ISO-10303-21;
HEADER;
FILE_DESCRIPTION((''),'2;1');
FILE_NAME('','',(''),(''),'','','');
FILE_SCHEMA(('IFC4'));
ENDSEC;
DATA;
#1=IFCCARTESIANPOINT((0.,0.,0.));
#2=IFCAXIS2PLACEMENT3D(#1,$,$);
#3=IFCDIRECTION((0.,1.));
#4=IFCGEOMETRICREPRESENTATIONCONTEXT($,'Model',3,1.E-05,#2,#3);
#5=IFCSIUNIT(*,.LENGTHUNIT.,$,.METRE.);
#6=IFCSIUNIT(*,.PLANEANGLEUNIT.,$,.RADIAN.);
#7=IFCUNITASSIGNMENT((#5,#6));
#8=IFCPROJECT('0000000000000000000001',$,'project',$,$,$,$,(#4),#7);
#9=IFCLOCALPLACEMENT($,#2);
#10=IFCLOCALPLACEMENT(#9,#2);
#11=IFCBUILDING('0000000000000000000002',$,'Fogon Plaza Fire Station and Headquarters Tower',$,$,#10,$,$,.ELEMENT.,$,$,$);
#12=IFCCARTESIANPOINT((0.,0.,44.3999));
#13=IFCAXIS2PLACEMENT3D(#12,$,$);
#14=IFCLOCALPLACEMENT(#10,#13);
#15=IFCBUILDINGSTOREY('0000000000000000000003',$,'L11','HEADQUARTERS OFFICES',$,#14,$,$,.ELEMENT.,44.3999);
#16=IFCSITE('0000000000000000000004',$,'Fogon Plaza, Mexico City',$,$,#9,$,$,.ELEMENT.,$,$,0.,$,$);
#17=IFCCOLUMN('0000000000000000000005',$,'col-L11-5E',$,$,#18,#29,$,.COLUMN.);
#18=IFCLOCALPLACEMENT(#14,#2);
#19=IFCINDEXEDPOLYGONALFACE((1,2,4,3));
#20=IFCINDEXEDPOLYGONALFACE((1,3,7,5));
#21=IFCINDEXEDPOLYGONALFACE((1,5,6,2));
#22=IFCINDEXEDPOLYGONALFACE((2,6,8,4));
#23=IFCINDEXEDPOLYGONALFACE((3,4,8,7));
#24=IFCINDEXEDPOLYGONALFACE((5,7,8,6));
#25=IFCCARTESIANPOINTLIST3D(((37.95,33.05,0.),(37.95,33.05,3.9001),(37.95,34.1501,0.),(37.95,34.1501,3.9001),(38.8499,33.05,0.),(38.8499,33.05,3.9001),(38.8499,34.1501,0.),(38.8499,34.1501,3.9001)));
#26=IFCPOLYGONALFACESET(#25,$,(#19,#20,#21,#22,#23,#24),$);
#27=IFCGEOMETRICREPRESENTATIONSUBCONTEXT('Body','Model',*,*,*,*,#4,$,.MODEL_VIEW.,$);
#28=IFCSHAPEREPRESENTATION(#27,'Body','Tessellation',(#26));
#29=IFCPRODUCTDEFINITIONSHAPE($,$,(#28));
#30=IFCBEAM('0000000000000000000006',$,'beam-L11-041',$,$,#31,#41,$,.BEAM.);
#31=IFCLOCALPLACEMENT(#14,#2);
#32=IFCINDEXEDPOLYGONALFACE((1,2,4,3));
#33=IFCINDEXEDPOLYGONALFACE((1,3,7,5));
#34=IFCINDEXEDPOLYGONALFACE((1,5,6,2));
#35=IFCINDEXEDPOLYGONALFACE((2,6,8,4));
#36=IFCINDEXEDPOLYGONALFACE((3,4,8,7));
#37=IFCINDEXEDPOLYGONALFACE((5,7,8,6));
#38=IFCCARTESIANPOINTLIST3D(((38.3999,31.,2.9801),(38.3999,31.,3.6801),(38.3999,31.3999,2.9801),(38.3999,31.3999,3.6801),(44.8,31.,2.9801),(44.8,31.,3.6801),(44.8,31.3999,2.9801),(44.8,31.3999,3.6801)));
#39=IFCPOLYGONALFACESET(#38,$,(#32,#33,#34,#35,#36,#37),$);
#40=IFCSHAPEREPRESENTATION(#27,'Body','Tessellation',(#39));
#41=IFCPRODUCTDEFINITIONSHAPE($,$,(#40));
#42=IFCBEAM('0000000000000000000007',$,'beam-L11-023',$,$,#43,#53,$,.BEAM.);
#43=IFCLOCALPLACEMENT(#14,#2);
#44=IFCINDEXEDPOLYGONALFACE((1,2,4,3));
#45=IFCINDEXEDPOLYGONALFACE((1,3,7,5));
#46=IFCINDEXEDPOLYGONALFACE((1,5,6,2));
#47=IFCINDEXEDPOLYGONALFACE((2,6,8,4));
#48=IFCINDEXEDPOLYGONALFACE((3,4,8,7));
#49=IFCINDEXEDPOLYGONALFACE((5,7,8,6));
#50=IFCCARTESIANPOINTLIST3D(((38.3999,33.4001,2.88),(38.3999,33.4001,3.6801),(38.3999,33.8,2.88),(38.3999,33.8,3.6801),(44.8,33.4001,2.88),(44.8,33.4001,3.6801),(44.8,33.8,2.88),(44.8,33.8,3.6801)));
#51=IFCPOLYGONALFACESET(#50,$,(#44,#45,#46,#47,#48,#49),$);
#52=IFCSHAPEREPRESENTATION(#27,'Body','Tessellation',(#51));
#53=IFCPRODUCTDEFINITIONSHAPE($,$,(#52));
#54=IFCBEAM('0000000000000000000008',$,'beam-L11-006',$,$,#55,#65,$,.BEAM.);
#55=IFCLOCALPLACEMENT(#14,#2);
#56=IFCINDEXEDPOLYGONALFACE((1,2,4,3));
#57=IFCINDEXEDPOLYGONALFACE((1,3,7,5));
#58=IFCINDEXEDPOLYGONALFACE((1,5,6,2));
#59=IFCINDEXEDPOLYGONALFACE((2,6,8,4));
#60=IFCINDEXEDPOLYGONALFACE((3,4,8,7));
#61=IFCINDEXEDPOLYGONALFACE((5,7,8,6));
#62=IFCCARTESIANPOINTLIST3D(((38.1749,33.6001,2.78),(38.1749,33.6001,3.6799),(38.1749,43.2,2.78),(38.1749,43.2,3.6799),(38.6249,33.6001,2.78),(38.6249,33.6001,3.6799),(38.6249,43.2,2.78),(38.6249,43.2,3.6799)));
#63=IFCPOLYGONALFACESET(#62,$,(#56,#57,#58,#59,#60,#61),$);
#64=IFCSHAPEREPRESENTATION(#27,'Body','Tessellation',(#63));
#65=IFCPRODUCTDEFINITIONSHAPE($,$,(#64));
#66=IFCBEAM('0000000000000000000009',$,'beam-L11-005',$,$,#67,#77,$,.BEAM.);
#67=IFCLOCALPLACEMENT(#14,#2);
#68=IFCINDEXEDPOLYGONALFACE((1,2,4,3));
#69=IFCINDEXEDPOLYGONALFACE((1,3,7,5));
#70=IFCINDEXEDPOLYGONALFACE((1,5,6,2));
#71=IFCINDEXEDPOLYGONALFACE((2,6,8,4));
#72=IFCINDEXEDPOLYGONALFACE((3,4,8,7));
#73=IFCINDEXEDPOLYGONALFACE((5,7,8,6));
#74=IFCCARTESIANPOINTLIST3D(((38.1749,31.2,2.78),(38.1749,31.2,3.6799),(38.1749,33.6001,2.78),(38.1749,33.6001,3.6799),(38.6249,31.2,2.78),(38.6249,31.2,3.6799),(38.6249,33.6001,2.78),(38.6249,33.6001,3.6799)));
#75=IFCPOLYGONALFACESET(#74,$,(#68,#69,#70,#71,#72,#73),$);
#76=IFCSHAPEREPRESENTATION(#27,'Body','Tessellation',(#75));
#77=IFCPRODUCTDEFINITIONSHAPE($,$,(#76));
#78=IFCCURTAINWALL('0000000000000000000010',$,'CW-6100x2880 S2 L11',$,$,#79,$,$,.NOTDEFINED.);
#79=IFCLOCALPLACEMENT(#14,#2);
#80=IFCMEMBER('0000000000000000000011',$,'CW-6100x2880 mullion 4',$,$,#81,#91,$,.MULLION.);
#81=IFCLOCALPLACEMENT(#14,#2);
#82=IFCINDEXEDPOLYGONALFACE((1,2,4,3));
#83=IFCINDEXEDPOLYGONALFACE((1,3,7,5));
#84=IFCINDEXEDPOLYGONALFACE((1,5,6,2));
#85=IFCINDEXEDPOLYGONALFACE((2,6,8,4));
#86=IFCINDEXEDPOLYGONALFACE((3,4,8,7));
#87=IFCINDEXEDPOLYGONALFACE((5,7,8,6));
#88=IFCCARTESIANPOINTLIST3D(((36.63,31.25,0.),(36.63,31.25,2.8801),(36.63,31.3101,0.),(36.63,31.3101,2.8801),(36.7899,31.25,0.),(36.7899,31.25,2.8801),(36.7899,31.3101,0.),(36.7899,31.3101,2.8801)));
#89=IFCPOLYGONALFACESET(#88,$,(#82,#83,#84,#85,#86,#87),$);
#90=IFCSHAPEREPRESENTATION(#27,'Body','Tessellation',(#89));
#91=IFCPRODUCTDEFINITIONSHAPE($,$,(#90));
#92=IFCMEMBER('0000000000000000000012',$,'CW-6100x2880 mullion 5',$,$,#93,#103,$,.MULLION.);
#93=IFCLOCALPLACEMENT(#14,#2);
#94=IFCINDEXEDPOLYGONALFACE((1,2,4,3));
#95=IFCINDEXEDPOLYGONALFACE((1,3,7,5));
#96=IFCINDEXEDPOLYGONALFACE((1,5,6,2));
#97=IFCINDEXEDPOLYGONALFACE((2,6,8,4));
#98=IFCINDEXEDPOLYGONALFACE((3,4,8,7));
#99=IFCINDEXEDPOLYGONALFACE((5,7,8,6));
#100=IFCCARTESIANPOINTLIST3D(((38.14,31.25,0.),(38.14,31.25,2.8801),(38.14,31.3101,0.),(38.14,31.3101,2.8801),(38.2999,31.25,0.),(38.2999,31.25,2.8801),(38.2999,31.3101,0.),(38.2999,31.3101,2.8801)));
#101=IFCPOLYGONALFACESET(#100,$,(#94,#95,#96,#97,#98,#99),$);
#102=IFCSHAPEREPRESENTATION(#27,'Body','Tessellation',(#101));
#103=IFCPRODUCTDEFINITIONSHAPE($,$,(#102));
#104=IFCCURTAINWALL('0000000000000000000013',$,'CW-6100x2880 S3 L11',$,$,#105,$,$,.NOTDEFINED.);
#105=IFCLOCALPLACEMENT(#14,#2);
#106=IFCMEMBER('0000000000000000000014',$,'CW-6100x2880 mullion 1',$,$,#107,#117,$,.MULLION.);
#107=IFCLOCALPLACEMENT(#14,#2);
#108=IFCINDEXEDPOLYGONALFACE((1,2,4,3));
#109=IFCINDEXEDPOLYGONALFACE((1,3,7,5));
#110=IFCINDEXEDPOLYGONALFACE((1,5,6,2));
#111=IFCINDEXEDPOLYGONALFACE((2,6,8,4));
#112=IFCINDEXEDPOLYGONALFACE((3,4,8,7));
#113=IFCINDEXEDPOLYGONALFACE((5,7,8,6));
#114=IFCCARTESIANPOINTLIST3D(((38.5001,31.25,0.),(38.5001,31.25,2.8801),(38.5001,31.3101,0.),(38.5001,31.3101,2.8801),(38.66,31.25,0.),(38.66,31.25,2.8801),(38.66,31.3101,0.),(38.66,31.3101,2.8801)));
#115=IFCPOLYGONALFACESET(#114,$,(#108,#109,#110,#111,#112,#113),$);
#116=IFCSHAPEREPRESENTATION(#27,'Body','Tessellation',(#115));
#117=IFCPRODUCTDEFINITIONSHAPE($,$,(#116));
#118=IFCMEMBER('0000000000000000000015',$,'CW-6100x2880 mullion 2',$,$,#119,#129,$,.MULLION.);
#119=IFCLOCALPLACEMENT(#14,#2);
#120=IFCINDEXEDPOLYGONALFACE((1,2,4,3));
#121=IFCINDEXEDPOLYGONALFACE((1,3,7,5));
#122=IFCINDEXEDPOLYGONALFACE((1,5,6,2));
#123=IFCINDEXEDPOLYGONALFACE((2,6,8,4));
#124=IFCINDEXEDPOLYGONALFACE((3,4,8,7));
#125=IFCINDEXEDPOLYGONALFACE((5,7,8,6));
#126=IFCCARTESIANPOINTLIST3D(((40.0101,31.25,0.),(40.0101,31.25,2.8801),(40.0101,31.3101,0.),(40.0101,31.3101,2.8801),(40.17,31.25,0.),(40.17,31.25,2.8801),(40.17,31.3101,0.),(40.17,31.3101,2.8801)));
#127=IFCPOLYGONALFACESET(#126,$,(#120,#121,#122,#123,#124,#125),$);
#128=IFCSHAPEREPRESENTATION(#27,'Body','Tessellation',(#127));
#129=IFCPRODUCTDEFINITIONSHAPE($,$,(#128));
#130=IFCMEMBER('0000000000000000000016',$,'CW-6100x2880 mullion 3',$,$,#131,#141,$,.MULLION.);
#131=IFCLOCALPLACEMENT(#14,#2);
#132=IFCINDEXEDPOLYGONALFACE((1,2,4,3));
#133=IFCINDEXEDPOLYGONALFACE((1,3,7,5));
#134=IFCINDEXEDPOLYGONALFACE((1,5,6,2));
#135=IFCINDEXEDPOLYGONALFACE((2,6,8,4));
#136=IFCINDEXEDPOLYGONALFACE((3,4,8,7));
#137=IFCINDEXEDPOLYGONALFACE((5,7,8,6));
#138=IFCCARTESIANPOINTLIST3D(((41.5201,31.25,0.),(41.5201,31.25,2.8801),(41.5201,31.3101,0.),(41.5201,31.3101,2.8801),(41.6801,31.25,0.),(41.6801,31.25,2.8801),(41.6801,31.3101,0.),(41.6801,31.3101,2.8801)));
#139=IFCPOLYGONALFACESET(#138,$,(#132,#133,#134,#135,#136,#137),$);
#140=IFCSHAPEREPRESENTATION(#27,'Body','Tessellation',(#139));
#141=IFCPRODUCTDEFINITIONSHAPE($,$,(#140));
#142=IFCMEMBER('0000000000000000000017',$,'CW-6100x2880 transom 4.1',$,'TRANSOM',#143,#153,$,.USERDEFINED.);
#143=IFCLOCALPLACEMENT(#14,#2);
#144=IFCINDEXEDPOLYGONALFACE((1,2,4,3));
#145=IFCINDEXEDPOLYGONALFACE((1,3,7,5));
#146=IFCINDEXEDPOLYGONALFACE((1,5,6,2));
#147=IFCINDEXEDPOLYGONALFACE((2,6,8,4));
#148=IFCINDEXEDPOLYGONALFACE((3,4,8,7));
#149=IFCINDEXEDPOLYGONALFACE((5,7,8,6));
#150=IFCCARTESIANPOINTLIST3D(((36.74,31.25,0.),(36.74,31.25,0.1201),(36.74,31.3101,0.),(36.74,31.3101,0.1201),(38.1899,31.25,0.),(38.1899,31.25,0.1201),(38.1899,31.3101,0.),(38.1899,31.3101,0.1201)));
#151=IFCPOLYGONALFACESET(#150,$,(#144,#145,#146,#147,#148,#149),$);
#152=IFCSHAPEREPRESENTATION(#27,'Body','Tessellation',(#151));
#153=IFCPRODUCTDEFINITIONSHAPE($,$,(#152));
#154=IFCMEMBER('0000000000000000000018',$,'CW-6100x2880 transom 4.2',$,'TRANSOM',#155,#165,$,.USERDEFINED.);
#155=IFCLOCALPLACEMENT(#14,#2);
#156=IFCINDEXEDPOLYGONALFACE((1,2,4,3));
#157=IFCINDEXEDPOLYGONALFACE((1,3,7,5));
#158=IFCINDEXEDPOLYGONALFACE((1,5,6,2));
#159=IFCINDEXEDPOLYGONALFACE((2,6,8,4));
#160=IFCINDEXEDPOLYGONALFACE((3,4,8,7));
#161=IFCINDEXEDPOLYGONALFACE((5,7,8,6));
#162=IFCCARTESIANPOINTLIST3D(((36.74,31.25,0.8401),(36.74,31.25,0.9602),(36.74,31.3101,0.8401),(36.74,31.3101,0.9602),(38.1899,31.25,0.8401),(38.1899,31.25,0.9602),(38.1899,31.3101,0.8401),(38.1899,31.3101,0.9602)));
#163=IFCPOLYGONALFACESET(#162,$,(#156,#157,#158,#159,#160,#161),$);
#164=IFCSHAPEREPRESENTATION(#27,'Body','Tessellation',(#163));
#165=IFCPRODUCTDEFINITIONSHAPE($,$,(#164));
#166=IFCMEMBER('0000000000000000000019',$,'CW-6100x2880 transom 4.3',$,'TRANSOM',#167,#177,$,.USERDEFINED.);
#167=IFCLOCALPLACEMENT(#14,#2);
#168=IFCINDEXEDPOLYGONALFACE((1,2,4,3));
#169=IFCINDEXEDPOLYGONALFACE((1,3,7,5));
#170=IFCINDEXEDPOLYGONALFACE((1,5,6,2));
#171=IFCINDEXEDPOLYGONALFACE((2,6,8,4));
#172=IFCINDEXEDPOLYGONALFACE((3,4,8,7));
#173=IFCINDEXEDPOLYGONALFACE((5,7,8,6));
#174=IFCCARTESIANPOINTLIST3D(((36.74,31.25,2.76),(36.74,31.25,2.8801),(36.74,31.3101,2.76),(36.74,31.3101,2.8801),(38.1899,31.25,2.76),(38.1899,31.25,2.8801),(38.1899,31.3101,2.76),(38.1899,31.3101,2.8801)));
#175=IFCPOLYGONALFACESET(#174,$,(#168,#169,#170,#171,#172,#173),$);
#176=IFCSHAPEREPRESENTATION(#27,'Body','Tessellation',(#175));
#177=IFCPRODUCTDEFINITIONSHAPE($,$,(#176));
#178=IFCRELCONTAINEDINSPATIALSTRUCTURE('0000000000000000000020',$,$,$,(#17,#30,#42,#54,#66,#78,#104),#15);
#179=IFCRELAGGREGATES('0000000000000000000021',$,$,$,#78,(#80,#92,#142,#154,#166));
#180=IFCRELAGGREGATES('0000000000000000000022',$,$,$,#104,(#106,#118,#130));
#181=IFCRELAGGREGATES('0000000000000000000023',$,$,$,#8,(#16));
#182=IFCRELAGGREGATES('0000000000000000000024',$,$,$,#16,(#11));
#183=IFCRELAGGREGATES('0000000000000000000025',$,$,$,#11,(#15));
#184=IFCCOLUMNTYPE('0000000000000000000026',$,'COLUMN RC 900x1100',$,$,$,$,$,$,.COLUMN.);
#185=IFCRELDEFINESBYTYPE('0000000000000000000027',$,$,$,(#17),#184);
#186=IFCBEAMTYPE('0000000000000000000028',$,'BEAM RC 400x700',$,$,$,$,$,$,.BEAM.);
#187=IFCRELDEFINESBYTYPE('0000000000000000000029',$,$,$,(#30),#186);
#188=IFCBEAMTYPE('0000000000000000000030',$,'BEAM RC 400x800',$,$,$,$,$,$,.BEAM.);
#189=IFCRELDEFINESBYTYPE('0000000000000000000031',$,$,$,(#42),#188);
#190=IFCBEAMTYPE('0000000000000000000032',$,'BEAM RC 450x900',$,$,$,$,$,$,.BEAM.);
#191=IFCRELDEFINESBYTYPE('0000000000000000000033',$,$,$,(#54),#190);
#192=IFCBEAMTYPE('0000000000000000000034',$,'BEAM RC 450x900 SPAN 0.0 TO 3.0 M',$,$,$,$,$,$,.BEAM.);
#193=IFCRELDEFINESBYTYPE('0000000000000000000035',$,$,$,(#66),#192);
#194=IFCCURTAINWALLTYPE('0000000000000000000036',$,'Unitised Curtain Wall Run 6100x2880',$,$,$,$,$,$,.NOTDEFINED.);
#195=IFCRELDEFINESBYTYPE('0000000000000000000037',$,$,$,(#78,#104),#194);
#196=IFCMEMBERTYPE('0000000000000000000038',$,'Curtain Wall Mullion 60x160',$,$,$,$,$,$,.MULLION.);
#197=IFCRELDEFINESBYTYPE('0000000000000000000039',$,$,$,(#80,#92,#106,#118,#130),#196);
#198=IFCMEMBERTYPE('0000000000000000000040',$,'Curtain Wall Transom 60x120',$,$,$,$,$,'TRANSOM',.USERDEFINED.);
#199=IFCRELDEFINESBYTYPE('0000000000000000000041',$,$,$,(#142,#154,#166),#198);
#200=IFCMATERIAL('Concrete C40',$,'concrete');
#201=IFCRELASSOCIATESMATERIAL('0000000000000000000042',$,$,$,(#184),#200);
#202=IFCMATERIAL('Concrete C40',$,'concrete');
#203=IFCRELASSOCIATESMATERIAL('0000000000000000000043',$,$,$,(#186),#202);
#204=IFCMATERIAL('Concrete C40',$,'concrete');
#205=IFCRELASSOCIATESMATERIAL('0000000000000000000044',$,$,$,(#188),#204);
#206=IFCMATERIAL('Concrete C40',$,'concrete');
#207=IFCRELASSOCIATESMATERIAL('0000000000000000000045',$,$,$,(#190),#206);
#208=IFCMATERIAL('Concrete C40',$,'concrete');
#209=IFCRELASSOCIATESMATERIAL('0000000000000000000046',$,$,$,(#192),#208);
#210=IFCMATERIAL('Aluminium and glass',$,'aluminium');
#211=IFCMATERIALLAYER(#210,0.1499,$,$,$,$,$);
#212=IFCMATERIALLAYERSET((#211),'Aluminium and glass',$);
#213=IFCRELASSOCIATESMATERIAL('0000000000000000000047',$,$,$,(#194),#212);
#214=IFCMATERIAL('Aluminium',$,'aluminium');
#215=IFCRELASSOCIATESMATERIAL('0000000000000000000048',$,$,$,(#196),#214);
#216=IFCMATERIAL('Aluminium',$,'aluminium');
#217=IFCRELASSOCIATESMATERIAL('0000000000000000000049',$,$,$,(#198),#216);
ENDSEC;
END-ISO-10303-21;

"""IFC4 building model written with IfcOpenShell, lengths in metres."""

from ifc_helpers import new_model, si_unit, direction, frame, origin, origin_2d, place, context, subcontext, project, spatial, rectangle, extrude, material, layer, layer_set, material_profile, profile_set, type_object, element, aggregate, save


model = new_model("IFC4")

# Units and contexts
model_context = context("Model", 3, precision=1e-05, world=origin(), true_north=direction((0.0, 1.0)))
body_context = subcontext(model_context, "Body", "Model", "MODEL_VIEW")
ifc_project = project(units=[si_unit("LENGTHUNIT", "METRE"), si_unit("PLANEANGLEUNIT", "RADIAN")], contexts=[model_context])

# Site, building, storey
site_placement = place(None, origin())
site = spatial("IfcSite", under=ifc_project, at=site_placement, Name="Fogon Plaza, Mexico City", CompositionType="ELEMENT", RefElevation=0.0)
building_placement = place(site_placement, origin())
building = spatial("IfcBuilding", under=site, at=building_placement, Name="Fogon Plaza Fire Station and Headquarters Tower", CompositionType="ELEMENT")
storey_placement = place(building_placement, frame((0.0, 0.0, 44.3999)))
storey = spatial("IfcBuildingStorey", under=building, at=storey_placement, Name="L11", Description="HEADQUARTERS OFFICES", CompositionType="ELEMENT", Elevation=44.3999)

# Column
ifc_material_1 = material(Name="Concrete C40", Category="concrete")
ifc_material_profile_1 = material_profile(ifc_material_1, rectangle(XDim=0.8999, YDim=1.1001, at=origin_2d()), Name="RC 900x1100")
ifc_profile_set_1 = profile_set([ifc_material_profile_1], Name="Concrete C40")
column_type = type_object("IfcColumnType", Name="COLUMN RC 900x1100", PredefinedType="COLUMN", material=ifc_profile_set_1)
column_placement = place(storey_placement, frame((38.3999, 33.6001, 0.0), z_axis=(0.0, 0.0, 1.0), x_axis=(1.0, 0.0, 0.0)))
element("IfcColumn", 1, at=column_placement, inside=storey, type_object=column_type, Name="col-L11-5E", PredefinedType="COLUMN", context=body_context, shape_type="SweptSolid", body=[
    extrude(rectangle(XDim=0.8999, YDim=1.1001, at=origin_2d()), origin(), (0.0, 0.0, 1.0), 3.9001),
])

# Beams
ifc_material_2 = material(Name="Concrete C40", Category="concrete")
ifc_material_profile_2 = material_profile(ifc_material_2, rectangle(XDim=0.3999, YDim=0.7, at=origin_2d()), Name="RC 400x700")
ifc_profile_set_2 = profile_set([ifc_material_profile_2], Name="Concrete C40")
beam_type_1 = type_object("IfcBeamType", Name="BEAM RC 400x700", PredefinedType="BEAM", material=ifc_profile_set_2)
beam_1_placement = place(storey_placement, frame((38.3999, 31.2, 3.3301), z_axis=(1.0, 0.0, 0.0), x_axis=(0.0, 1.0, 0.0)))
element("IfcBeam", 2, at=beam_1_placement, inside=storey, type_object=beam_type_1, Name="beam-L11-041", PredefinedType="BEAM", context=body_context, shape_type="SweptSolid", body=[
    extrude(rectangle(XDim=0.3999, YDim=0.7, at=origin_2d()), origin(), (0.0, 0.0, 1.0), 6.4001),
])
ifc_material_3 = material(Name="Concrete C40", Category="concrete")
ifc_material_profile_3 = material_profile(ifc_material_3, rectangle(XDim=0.3999, YDim=0.8, at=origin_2d()), Name="RC 400x800")
ifc_profile_set_3 = profile_set([ifc_material_profile_3], Name="Concrete C40")
beam_type_2 = type_object("IfcBeamType", Name="BEAM RC 400x800", PredefinedType="BEAM", material=ifc_profile_set_3)
beam_2_placement = place(storey_placement, frame((38.3999, 33.6001, 3.28), z_axis=(1.0, 0.0, 0.0), x_axis=(0.0, 1.0, 0.0)))
element("IfcBeam", 3, at=beam_2_placement, inside=storey, type_object=beam_type_2, Name="beam-L11-023", PredefinedType="BEAM", context=body_context, shape_type="SweptSolid", body=[
    extrude(rectangle(XDim=0.3999, YDim=0.8, at=origin_2d()), origin(), (0.0, 0.0, 1.0), 6.4001),
])
ifc_material_4 = material(Name="Concrete C40", Category="concrete")
ifc_material_profile_4 = material_profile(ifc_material_4, rectangle(XDim=0.45, YDim=0.8999, at=origin_2d()), Name="RC 450x900")
ifc_profile_set_4 = profile_set([ifc_material_profile_4], Name="Concrete C40")
beam_type_3 = type_object("IfcBeamType", Name="BEAM RC 450x900", PredefinedType="BEAM", material=ifc_profile_set_4)
beam_3_placement = place(storey_placement, frame((38.3999, 33.6001, 3.23), z_axis=(0.0, 1.0, 0.0), x_axis=(-1.0, 0.0, 0.0)))
element("IfcBeam", 4, at=beam_3_placement, inside=storey, type_object=beam_type_3, Name="beam-L11-006", PredefinedType="BEAM", context=body_context, shape_type="SweptSolid", body=[
    extrude(rectangle(XDim=0.45, YDim=0.8999, at=origin_2d()), origin(), (0.0, 0.0, 1.0), 9.5999),
])
ifc_material_5 = material(Name="Concrete C40", Category="concrete")
ifc_material_profile_5 = material_profile(ifc_material_5, rectangle(XDim=0.45, YDim=0.8999, at=origin_2d()), Name="RC 450x900")
ifc_profile_set_5 = profile_set([ifc_material_profile_5], Name="Concrete C40")
beam_type_4 = type_object("IfcBeamType", Name="BEAM RC 450x900 SPAN 0.0 TO 3.0 M", PredefinedType="BEAM", material=ifc_profile_set_5)
beam_4_placement = place(storey_placement, frame((38.3999, 31.2, 3.23), z_axis=(0.0, 1.0, 0.0), x_axis=(-1.0, 0.0, 0.0)))
element("IfcBeam", 5, at=beam_4_placement, inside=storey, type_object=beam_type_4, Name="beam-L11-005", PredefinedType="BEAM", context=body_context, shape_type="SweptSolid", body=[
    extrude(rectangle(XDim=0.45, YDim=0.8999, at=origin_2d()), origin(), (0.0, 0.0, 1.0), 2.4001),
])

# Curtain walls, members
ifc_material_6 = material(Name="Aluminium and glass", Category="aluminium")
ifc_layer_1 = layer(ifc_material_6, 0.1499)
ifc_layer_set_1 = layer_set([ifc_layer_1], Name="Aluminium and glass")
curtain_wall_type = type_object("IfcCurtainWallType", Name="Unitised Curtain Wall Run 6100x2880", PredefinedType="NOTDEFINED", material=ifc_layer_set_1)
curtain_wall_1_placement = place(storey_placement, origin())
curtain_wall_1 = element("IfcCurtainWall", 6, at=curtain_wall_1_placement, inside=storey, type_object=curtain_wall_type, Name="CW-6100x2880 S2 L11", PredefinedType="NOTDEFINED")
ifc_material_7 = material(Name="Aluminium", Category="aluminium")
ifc_material_profile_6 = material_profile(ifc_material_7, rectangle(XDim=0.0601, YDim=0.1599, at=origin_2d()), Name="Curtain Wall Mullion 60x160")
ifc_profile_set_6 = profile_set([ifc_material_profile_6], Name="Aluminium")
member_type_1 = type_object("IfcMemberType", Name="Curtain Wall Mullion 60x160", PredefinedType="MULLION", material=ifc_profile_set_6)
member_1_placement = place(storey_placement, frame((36.71, 31.28, 0.0), z_axis=(0.0, 0.0, 1.0), x_axis=(0.0, 1.0, 0.0)))
member_1 = element("IfcMember", 7, at=member_1_placement, type_object=member_type_1, Name="CW-6100x2880 mullion 4", PredefinedType="MULLION", context=body_context, shape_type="SweptSolid", body=[
    extrude(rectangle(XDim=0.0601, YDim=0.1599, at=origin_2d()), origin(), (0.0, 0.0, 1.0), 2.8801),
])
member_2_placement = place(storey_placement, frame((38.22, 31.28, 0.0), z_axis=(0.0, 0.0, 1.0), x_axis=(0.0, 1.0, 0.0)))
member_2 = element("IfcMember", 8, at=member_2_placement, type_object=member_type_1, Name="CW-6100x2880 mullion 5", PredefinedType="MULLION", context=body_context, shape_type="SweptSolid", body=[
    extrude(rectangle(XDim=0.0601, YDim=0.1599, at=origin_2d()), origin(), (0.0, 0.0, 1.0), 2.8801),
])
curtain_wall_2_placement = place(storey_placement, origin())
curtain_wall_2 = element("IfcCurtainWall", 9, at=curtain_wall_2_placement, inside=storey, type_object=curtain_wall_type, Name="CW-6100x2880 S3 L11", PredefinedType="NOTDEFINED")
member_3_placement = place(storey_placement, frame((38.5801, 31.28, 0.0), z_axis=(0.0, 0.0, 1.0), x_axis=(0.0, 1.0, 0.0)))
member_3 = element("IfcMember", 10, at=member_3_placement, type_object=member_type_1, Name="CW-6100x2880 mullion 1", PredefinedType="MULLION", context=body_context, shape_type="SweptSolid", body=[
    extrude(rectangle(XDim=0.0601, YDim=0.1599, at=origin_2d()), origin(), (0.0, 0.0, 1.0), 2.8801),
])
member_4_placement = place(storey_placement, frame((40.0901, 31.28, 0.0), z_axis=(0.0, 0.0, 1.0), x_axis=(0.0, 1.0, 0.0)))
member_4 = element("IfcMember", 11, at=member_4_placement, type_object=member_type_1, Name="CW-6100x2880 mullion 2", PredefinedType="MULLION", context=body_context, shape_type="SweptSolid", body=[
    extrude(rectangle(XDim=0.0601, YDim=0.1599, at=origin_2d()), origin(), (0.0, 0.0, 1.0), 2.8801),
])
member_5_placement = place(storey_placement, frame((41.6001, 31.28, 0.0), z_axis=(0.0, 0.0, 1.0), x_axis=(0.0, 1.0, 0.0)))
member_5 = element("IfcMember", 12, at=member_5_placement, type_object=member_type_1, Name="CW-6100x2880 mullion 3", PredefinedType="MULLION", context=body_context, shape_type="SweptSolid", body=[
    extrude(rectangle(XDim=0.0601, YDim=0.1599, at=origin_2d()), origin(), (0.0, 0.0, 1.0), 2.8801),
])

# Members
ifc_material_8 = material(Name="Aluminium", Category="aluminium")
ifc_material_profile_7 = material_profile(ifc_material_8, rectangle(XDim=0.0601, YDim=0.1201, at=origin_2d()), Name="Curtain Wall Transom 60x120")
ifc_profile_set_7 = profile_set([ifc_material_profile_7], Name="Aluminium")
member_type_2 = type_object("IfcMemberType", Name="Curtain Wall Transom 60x120", ElementType="TRANSOM", PredefinedType="USERDEFINED", material=ifc_profile_set_7)
member_6_placement = place(storey_placement, frame((36.74, 31.28, 0.0601), z_axis=(1.0, 0.0, 0.0), x_axis=(0.0, 1.0, 0.0)))
member_6 = element("IfcMember", 13, at=member_6_placement, type_object=member_type_2, Name="CW-6100x2880 transom 4.1", ObjectType="TRANSOM", PredefinedType="USERDEFINED", context=body_context, shape_type="SweptSolid", body=[
    extrude(rectangle(XDim=0.0601, YDim=0.1201, at=origin_2d()), origin(), (0.0, 0.0, 1.0), 1.45),
])
member_7_placement = place(storey_placement, frame((36.74, 31.28, 0.9001), z_axis=(1.0, 0.0, 0.0), x_axis=(0.0, 1.0, 0.0)))
member_7 = element("IfcMember", 14, at=member_7_placement, type_object=member_type_2, Name="CW-6100x2880 transom 4.2", ObjectType="TRANSOM", PredefinedType="USERDEFINED", context=body_context, shape_type="SweptSolid", body=[
    extrude(rectangle(XDim=0.0601, YDim=0.1201, at=origin_2d()), origin(), (0.0, 0.0, 1.0), 1.45),
])
member_8_placement = place(storey_placement, frame((36.74, 31.28, 2.8201), z_axis=(1.0, 0.0, 0.0), x_axis=(0.0, 1.0, 0.0)))
member_8 = element("IfcMember", 15, at=member_8_placement, type_object=member_type_2, Name="CW-6100x2880 transom 4.3", ObjectType="TRANSOM", PredefinedType="USERDEFINED", context=body_context, shape_type="SweptSolid", body=[
    extrude(rectangle(XDim=0.0601, YDim=0.1201, at=origin_2d()), origin(), (0.0, 0.0, 1.0), 1.45),
])

aggregate(curtain_wall_1, [member_1, member_2, member_6, member_7, member_8])
aggregate(curtain_wall_2, [member_3, member_4, member_5])

save(model, "model.ifc")
